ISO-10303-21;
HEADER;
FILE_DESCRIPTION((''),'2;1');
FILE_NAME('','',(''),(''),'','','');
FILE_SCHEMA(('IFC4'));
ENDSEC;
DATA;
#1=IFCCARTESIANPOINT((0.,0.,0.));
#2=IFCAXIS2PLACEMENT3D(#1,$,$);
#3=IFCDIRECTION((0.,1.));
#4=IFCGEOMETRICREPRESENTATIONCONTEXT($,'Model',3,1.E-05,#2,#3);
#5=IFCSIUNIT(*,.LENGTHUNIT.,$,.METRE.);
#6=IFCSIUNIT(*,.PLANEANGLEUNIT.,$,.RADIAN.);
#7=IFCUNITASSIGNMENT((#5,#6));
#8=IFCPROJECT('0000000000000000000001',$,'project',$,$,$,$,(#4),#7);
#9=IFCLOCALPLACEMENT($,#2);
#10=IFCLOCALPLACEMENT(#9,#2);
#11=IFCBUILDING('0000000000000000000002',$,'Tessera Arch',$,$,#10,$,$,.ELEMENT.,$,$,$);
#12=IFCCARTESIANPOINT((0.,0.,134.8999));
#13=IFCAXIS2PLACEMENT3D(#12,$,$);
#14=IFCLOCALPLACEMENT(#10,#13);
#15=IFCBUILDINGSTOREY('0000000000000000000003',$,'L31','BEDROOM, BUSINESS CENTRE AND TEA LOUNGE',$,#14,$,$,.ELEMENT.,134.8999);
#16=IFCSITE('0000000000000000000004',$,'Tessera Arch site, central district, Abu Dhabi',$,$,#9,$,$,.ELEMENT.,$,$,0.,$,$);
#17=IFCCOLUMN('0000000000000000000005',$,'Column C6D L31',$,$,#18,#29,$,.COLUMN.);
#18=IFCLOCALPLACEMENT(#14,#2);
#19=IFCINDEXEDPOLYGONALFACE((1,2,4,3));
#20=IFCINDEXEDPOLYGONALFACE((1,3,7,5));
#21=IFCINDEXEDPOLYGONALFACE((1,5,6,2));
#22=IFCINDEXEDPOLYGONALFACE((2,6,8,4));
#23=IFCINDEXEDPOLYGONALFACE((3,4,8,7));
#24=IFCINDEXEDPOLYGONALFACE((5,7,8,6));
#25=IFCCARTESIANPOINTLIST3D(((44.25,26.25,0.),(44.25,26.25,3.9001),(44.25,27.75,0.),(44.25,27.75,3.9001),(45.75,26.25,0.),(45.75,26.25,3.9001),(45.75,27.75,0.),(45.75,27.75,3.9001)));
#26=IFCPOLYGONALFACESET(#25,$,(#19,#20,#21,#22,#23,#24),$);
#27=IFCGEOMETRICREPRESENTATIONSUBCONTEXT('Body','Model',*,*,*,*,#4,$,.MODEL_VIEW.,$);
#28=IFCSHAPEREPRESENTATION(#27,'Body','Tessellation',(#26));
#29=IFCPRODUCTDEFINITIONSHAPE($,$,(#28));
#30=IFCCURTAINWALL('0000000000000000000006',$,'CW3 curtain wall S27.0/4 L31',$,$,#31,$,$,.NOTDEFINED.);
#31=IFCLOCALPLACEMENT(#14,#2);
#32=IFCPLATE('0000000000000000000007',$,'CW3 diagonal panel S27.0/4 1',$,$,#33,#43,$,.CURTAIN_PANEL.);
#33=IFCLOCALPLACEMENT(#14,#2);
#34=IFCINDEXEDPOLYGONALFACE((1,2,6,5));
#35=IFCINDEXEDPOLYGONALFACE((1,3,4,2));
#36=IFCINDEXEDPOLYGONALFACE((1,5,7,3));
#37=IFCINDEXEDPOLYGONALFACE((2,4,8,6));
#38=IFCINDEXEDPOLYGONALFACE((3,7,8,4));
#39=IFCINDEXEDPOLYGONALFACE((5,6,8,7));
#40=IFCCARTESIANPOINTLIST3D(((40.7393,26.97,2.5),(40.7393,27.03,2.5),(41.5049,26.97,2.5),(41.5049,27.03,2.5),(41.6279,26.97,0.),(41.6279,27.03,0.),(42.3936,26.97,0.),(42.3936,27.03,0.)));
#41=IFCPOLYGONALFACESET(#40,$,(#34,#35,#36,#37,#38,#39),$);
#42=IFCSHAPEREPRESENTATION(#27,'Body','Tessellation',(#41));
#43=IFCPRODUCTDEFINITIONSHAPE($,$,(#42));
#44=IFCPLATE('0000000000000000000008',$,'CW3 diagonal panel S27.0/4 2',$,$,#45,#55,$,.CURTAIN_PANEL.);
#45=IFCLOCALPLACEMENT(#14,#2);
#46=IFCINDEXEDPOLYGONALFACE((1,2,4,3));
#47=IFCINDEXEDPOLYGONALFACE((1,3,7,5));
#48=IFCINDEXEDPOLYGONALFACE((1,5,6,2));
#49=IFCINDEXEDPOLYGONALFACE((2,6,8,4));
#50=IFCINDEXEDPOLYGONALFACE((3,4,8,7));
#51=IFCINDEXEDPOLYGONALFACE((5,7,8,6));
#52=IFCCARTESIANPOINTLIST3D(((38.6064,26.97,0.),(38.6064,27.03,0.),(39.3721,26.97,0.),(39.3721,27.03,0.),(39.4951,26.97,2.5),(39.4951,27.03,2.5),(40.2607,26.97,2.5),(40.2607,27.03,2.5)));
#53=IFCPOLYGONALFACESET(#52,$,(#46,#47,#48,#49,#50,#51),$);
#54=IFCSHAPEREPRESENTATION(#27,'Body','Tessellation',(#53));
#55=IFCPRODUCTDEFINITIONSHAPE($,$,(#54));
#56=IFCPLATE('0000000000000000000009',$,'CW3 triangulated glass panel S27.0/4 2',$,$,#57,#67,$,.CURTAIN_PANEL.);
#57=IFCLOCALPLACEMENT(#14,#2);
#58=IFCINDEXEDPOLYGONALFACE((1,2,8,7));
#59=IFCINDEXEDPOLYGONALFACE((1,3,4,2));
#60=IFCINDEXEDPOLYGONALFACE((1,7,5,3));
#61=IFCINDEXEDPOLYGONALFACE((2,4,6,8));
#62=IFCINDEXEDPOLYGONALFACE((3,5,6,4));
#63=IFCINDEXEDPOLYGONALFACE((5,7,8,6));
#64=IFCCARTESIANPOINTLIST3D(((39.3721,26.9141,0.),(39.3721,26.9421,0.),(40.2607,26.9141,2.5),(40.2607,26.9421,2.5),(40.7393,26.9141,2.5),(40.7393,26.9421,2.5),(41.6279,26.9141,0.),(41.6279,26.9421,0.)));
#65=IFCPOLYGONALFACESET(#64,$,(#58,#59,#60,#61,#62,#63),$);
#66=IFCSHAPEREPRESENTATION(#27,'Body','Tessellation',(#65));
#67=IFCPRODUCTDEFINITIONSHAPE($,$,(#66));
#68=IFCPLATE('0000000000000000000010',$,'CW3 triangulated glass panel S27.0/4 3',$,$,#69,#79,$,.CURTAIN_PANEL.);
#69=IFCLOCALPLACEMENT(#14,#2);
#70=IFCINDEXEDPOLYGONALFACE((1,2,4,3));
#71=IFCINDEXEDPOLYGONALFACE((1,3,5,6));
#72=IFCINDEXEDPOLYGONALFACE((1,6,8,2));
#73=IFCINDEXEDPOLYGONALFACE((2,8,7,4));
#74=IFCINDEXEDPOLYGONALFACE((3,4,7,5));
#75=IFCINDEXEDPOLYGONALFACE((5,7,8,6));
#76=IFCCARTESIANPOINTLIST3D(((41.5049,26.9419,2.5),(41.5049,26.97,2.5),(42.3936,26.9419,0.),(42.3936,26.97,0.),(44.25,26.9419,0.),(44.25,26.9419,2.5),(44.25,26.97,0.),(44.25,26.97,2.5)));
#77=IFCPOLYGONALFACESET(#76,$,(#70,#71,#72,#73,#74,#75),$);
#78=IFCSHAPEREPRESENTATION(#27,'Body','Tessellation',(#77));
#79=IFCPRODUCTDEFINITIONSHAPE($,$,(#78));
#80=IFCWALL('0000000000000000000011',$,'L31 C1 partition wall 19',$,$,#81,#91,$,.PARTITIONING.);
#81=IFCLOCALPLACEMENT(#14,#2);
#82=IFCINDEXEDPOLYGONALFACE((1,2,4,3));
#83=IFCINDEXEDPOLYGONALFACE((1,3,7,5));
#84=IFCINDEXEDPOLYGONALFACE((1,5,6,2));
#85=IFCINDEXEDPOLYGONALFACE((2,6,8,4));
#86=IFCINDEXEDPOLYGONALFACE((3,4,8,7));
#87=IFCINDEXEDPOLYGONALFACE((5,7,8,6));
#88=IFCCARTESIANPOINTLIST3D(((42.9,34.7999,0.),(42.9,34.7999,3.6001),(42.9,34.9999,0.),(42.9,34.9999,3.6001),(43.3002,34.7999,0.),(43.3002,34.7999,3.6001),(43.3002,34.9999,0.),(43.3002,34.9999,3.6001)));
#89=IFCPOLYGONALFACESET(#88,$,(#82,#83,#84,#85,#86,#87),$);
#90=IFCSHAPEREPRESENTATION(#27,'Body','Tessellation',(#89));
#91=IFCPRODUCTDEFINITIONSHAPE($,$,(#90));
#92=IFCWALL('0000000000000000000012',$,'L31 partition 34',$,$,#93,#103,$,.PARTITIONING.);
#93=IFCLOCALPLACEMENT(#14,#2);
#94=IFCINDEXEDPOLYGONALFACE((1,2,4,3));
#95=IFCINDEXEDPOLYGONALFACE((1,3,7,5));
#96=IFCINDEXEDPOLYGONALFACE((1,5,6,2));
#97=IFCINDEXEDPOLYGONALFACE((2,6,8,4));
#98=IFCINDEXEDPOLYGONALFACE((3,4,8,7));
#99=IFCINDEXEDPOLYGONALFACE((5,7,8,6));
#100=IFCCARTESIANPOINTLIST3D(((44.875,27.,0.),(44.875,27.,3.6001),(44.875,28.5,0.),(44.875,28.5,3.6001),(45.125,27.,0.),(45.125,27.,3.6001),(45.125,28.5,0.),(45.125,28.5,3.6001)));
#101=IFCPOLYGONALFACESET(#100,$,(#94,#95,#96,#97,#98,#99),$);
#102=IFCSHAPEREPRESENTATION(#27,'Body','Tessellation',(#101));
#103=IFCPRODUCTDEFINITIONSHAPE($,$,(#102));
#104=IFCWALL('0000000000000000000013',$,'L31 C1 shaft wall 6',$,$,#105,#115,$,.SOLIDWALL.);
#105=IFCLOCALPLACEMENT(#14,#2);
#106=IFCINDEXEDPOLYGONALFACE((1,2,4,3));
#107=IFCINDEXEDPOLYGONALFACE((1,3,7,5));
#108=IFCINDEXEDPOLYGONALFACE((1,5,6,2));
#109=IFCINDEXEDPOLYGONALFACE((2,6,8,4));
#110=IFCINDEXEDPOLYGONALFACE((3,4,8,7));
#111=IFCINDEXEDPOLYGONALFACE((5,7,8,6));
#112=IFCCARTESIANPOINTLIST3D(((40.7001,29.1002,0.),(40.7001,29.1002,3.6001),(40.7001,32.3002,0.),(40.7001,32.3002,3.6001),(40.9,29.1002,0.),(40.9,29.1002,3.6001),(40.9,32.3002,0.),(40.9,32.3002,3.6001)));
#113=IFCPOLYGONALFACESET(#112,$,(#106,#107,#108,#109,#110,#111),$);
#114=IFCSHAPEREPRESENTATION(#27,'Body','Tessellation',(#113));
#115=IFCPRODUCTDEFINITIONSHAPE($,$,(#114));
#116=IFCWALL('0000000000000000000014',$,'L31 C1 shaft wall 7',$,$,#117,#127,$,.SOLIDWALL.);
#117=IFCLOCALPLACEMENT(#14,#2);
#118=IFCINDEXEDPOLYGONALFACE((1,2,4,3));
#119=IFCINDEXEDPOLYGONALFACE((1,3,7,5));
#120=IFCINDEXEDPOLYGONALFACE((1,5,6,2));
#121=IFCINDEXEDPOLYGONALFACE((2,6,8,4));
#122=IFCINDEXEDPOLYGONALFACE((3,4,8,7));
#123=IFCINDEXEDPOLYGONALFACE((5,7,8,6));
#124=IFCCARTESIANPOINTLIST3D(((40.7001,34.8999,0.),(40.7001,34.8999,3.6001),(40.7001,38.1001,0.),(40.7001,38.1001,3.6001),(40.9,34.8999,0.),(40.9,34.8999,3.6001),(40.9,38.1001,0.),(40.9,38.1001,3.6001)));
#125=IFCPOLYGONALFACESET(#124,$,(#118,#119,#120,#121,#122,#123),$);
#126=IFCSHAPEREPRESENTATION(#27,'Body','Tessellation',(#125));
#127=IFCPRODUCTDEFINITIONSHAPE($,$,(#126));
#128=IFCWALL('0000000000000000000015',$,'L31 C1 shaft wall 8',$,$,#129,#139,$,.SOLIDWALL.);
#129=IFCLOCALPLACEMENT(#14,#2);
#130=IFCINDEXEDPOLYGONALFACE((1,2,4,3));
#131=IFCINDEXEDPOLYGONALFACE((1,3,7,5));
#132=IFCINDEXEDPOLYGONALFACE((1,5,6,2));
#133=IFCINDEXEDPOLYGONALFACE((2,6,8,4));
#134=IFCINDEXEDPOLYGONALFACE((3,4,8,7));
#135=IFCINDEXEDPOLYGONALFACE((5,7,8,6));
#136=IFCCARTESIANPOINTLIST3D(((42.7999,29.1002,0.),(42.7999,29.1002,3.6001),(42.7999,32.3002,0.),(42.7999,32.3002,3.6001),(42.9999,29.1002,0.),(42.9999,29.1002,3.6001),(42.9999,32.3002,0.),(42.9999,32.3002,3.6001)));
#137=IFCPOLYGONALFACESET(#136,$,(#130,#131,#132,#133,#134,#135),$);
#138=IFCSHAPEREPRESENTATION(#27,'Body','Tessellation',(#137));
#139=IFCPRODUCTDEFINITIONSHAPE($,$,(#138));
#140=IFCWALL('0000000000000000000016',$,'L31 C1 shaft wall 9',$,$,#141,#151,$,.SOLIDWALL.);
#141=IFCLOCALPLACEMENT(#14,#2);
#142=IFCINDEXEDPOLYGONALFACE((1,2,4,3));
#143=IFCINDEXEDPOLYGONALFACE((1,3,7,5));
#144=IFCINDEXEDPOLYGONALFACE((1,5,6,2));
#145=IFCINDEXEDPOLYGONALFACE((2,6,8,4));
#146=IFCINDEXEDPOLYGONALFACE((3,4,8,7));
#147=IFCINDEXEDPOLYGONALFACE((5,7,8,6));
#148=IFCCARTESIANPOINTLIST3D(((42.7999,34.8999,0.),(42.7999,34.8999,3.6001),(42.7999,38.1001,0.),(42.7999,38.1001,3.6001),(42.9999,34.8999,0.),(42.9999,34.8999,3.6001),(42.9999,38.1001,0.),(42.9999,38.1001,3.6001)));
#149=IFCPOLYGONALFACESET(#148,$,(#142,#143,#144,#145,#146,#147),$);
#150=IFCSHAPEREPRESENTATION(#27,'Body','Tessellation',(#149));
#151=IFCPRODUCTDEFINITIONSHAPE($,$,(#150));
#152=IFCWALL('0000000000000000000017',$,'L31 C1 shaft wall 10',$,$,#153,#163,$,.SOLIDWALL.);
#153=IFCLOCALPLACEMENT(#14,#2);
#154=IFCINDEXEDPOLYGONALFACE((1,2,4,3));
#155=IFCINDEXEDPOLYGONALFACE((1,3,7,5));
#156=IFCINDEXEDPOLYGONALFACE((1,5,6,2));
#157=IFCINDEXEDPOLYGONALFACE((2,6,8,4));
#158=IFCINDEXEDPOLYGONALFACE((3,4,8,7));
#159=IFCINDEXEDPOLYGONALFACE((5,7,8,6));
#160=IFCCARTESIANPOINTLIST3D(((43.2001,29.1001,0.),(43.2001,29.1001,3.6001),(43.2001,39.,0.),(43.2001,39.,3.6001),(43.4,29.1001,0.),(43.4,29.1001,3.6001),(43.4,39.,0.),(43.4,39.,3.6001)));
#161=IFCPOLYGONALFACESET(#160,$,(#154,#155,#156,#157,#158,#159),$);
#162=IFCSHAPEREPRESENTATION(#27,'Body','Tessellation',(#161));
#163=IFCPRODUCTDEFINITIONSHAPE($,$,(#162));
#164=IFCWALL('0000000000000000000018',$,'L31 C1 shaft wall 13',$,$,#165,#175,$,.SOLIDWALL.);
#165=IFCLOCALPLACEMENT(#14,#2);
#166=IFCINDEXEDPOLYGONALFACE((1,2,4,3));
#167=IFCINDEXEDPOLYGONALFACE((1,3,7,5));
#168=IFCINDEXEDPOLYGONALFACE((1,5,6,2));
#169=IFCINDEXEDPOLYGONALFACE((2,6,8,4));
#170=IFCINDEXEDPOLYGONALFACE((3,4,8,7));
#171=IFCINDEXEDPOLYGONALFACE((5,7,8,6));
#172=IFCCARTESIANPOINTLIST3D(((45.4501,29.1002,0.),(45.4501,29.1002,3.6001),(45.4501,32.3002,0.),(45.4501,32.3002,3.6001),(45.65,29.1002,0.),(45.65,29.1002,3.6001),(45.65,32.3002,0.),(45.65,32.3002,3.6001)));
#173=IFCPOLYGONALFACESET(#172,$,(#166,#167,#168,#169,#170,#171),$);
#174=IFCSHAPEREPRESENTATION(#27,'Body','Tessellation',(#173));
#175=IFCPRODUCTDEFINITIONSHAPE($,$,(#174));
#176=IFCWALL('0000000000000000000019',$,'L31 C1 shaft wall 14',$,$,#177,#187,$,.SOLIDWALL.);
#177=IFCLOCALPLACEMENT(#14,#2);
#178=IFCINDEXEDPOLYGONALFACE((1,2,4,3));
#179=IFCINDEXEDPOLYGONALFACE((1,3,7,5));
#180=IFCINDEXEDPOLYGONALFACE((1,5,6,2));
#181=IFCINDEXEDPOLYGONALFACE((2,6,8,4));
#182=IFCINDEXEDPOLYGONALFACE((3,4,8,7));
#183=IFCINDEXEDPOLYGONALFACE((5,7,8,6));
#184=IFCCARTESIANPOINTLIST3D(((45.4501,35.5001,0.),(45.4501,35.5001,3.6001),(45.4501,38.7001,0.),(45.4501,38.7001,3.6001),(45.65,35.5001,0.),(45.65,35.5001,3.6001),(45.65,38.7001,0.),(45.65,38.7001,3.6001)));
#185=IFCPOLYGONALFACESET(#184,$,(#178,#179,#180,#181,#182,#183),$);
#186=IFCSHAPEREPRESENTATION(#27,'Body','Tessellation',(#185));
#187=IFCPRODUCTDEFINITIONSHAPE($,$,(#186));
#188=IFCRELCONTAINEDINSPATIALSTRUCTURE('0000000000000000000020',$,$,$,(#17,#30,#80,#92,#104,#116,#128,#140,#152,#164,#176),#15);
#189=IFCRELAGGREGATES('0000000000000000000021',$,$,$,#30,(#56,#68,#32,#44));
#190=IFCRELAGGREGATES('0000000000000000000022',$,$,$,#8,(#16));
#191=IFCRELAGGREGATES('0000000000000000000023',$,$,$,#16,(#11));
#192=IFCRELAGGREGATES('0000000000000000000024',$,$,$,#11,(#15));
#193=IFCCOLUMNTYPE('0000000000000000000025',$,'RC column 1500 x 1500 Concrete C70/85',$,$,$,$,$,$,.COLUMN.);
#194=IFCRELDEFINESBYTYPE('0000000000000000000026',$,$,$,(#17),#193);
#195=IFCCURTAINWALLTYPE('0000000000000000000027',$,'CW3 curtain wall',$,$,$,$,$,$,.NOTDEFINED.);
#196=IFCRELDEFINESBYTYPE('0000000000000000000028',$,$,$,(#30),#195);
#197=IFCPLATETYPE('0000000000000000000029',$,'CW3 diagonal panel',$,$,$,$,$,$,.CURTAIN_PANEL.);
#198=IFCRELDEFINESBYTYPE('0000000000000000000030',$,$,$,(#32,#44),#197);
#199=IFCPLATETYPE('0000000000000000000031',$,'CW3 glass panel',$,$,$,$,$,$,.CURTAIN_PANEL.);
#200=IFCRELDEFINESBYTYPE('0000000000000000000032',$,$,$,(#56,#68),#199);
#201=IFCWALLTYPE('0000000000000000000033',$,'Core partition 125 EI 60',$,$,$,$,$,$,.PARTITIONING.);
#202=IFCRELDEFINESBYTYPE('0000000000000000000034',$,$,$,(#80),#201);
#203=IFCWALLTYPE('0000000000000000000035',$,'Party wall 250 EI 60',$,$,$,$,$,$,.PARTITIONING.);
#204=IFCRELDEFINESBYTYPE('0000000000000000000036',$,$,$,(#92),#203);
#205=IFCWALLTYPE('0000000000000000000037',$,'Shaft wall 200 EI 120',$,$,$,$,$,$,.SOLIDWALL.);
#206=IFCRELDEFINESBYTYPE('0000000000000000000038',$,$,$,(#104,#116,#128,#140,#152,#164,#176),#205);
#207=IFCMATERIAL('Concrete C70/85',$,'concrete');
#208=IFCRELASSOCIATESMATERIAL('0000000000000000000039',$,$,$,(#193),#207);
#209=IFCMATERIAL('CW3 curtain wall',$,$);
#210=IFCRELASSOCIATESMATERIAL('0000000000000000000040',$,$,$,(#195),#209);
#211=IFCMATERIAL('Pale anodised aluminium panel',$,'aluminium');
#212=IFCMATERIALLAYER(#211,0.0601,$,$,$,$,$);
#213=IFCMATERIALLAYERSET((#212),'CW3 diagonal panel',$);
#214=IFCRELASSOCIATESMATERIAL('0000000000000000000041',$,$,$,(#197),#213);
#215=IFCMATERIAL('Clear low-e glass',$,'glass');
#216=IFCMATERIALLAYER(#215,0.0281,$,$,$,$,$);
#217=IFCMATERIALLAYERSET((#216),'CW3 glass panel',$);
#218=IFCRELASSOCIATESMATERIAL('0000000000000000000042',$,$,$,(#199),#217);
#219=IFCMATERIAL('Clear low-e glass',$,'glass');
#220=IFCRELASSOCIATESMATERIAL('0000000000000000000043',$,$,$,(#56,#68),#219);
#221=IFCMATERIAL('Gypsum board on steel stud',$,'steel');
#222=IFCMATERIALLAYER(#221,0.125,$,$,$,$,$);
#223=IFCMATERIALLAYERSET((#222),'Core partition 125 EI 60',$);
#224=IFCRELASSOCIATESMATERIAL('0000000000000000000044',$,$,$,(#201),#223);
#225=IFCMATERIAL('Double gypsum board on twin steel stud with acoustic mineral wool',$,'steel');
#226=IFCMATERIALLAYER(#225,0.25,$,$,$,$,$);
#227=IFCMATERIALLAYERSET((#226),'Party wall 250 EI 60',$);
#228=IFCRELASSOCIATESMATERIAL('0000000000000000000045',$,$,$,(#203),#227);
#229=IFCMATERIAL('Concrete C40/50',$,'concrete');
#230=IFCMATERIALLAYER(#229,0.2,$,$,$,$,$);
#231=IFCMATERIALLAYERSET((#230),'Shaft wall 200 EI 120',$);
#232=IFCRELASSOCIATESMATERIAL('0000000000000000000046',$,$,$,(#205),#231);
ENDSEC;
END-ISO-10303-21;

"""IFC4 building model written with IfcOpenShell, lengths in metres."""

from ifc_helpers import new_model, si_unit, direction, frame, frame_2d, origin, origin_2d, place, context, subcontext, project, spatial, polyline, rectangle, outline, extrude, material, layer, layer_set, material_profile, profile_set, type_object, element, aggregate, save


model = new_model("IFC4")

# Units and contexts
model_context = context("Model", 3, precision=1e-05, world=origin(), true_north=direction((0.0, 1.0)))
body_context = subcontext(model_context, "Body", "Model", "MODEL_VIEW")
ifc_project = project(units=[si_unit("LENGTHUNIT", "METRE"), si_unit("PLANEANGLEUNIT", "RADIAN")], contexts=[model_context])

# Site, building, storey
site_placement = place(None, origin())
site = spatial("IfcSite", under=ifc_project, at=site_placement, Name="Tessera Arch site, central district, Abu Dhabi", CompositionType="ELEMENT", RefElevation=0.0)
building_placement = place(site_placement, origin())
building = spatial("IfcBuilding", under=site, at=building_placement, Name="Tessera Arch", CompositionType="ELEMENT")
storey_placement = place(building_placement, frame((0.0, 0.0, 134.8999)))
storey = spatial("IfcBuildingStorey", under=building, at=storey_placement, Name="L31", Description="BEDROOM, BUSINESS CENTRE AND TEA LOUNGE", CompositionType="ELEMENT", Elevation=134.8999)

# Column
ifc_material_1 = material(Name="Concrete C70/85", Category="concrete")
ifc_material_profile = material_profile(ifc_material_1, rectangle(XDim=1.5, YDim=1.5, at=origin_2d()), Name="RC column 1500 x 1500 Concrete C70/85")
ifc_profile_set = profile_set([ifc_material_profile], Name="Concrete C70/85")
column_type = type_object("IfcColumnType", Name="RC column 1500 x 1500 Concrete C70/85", PredefinedType="COLUMN", material=ifc_profile_set)
column_placement = place(storey_placement, frame((45.0, 27.0, 0.0), z_axis=(0.0, 0.0, 1.0), x_axis=(1.0, 0.0, 0.0)))
element("IfcColumn", 1, at=column_placement, inside=storey, type_object=column_type, Name="Column C6D L31", PredefinedType="COLUMN", context=body_context, shape_type="SweptSolid", body=[
    extrude(rectangle(XDim=1.5, YDim=1.5, at=origin_2d()), origin(), (0.0, 0.0, 1.0), 3.9001),
])

# Curtain wall, plates
ifc_material_2 = material(Name="CW3 curtain wall")
curtain_wall_type = type_object("IfcCurtainWallType", Name="CW3 curtain wall", PredefinedType="NOTDEFINED", material=ifc_material_2)
curtain_wall_placement = place(storey_placement, origin())
curtain_wall = element("IfcCurtainWall", 2, at=curtain_wall_placement, inside=storey, type_object=curtain_wall_type, Name="CW3 curtain wall S27.0/4 L31", PredefinedType="NOTDEFINED")
ifc_material_3 = material(Name="Pale anodised aluminium panel", Category="aluminium")
ifc_layer_1 = layer(ifc_material_3, 0.0601)
ifc_layer_set_1 = layer_set([ifc_layer_1], Name="CW3 diagonal panel")
plate_type_1 = type_object("IfcPlateType", Name="CW3 diagonal panel", PredefinedType="CURTAIN_PANEL", material=ifc_layer_set_1)
plate_1_placement = place(storey_placement, frame((41.5049, 26.97, 2.5), z_axis=(0.0, -1.0, 0.0), x_axis=(-1.0, 0.0, 0.0)))
plate_1 = element("IfcPlate", 3, at=plate_1_placement, type_object=plate_type_1, Name="CW3 diagonal panel S27.0/4 1", PredefinedType="CURTAIN_PANEL", context=body_context, shape_type="SweptSolid", body=[
    extrude(outline(polyline([(0.0, 0.0), (0.7656, 0.0), (-0.123, 2.5), (-0.8887, 2.5), (0.0, 0.0)])), origin(), (0.0, 0.0, -1.0), 0.0601),
])
plate_2_placement = place(storey_placement, frame((40.2607, 26.97, 2.5), z_axis=(0.0, -1.0, 0.0), x_axis=(-1.0, 0.0, 0.0)))
plate_2 = element("IfcPlate", 4, at=plate_2_placement, type_object=plate_type_1, Name="CW3 diagonal panel S27.0/4 2", PredefinedType="CURTAIN_PANEL", context=body_context, shape_type="SweptSolid", body=[
    extrude(outline(polyline([(0.0, 0.0), (0.7656, 0.0), (1.6543, 2.5), (0.8887, 2.5), (0.0, 0.0)])), origin(), (0.0, 0.0, -1.0), 0.0601),
])
ifc_material_4 = material(Name="Clear low-e glass", Category="glass")
ifc_material_5 = material(Name="Clear low-e glass", Category="glass")
ifc_layer_2 = layer(ifc_material_5, 0.0281)
ifc_layer_set_2 = layer_set([ifc_layer_2], Name="CW3 glass panel")
plate_type_2 = type_object("IfcPlateType", Name="CW3 glass panel", PredefinedType="CURTAIN_PANEL", material=ifc_layer_set_2)
plate_3_placement = place(storey_placement, frame((40.7393, 26.9141, 2.5), z_axis=(0.0, -1.0, 0.0), x_axis=(-1.0, 0.0, 0.0)))
plate_3 = element("IfcPlate", 5, at=plate_3_placement, type_object=plate_type_2, material=ifc_material_4, Name="CW3 triangulated glass panel S27.0/4 2", PredefinedType="CURTAIN_PANEL", context=body_context, shape_type="SweptSolid", body=[
    extrude(outline(polyline([(0.0, 0.0), (0.4785, 0.0), (1.3672, 2.5), (-0.8887, 2.5), (0.0, 0.0)])), origin(), (0.0, 0.0, -1.0), 0.0281),
])
plate_4_placement = place(storey_placement, frame((44.25, 26.9419, 2.5), z_axis=(0.0, -1.0, 0.0), x_axis=(-1.0, 0.0, 0.0)))
plate_4 = element("IfcPlate", 6, at=plate_4_placement, type_object=plate_type_2, material=ifc_material_4, Name="CW3 triangulated glass panel S27.0/4 3", PredefinedType="CURTAIN_PANEL", context=body_context, shape_type="SweptSolid", body=[
    extrude(outline(polyline([(0.0, 0.0), (2.7451, 0.0), (1.8564, 2.5), (0.0, 2.5), (0.0, 0.0)])), origin(), (0.0, 0.0, -1.0), 0.0281),
])
aggregate(curtain_wall, [plate_3, plate_4, plate_1, plate_2])

# Walls
ifc_material_6 = material(Name="Gypsum board on steel stud", Category="steel")
ifc_layer_3 = layer(ifc_material_6, 0.125)
ifc_layer_set_3 = layer_set([ifc_layer_3], Name="Core partition 125 EI 60")
wall_type_1 = type_object("IfcWallType", Name="Core partition 125 EI 60", PredefinedType="PARTITIONING", material=ifc_layer_set_3)
wall_1_placement = place(storey_placement, frame((42.8999, 34.8999, 0.0), z_axis=(0.0, 0.0, 1.0), x_axis=(1.0, 0.0, 0.0)))
element("IfcWall", 7, at=wall_1_placement, inside=storey, type_object=wall_type_1, Name="L31 C1 partition wall 19", PredefinedType="PARTITIONING", context=body_context, shape_type="SweptSolid", body=[
    extrude(rectangle(XDim=0.4001, YDim=0.2, at=frame_2d((0.2002, 0.0))), origin(), (0.0, 0.0, 1.0), 3.6001),
])
ifc_material_7 = material(Name="Double gypsum board on twin steel stud with acoustic mineral wool", Category="steel")
ifc_layer_4 = layer(ifc_material_7, 0.25)
ifc_layer_set_4 = layer_set([ifc_layer_4], Name="Party wall 250 EI 60")
wall_type_2 = type_object("IfcWallType", Name="Party wall 250 EI 60", PredefinedType="PARTITIONING", material=ifc_layer_set_4)
wall_2_placement = place(storey_placement, frame((45.0, 27.0, 0.0), z_axis=(0.0, 0.0, 1.0), x_axis=(0.0, 1.0, 0.0)))
element("IfcWall", 8, at=wall_2_placement, inside=storey, type_object=wall_type_2, Name="L31 partition 34", PredefinedType="PARTITIONING", context=body_context, shape_type="SweptSolid", body=[
    extrude(rectangle(XDim=1.5, YDim=0.25, at=frame_2d((0.75, 0.0))), origin(), (0.0, 0.0, 1.0), 3.6001),
])
ifc_material_8 = material(Name="Concrete C40/50", Category="concrete")
ifc_layer_5 = layer(ifc_material_8, 0.2)
ifc_layer_set_5 = layer_set([ifc_layer_5], Name="Shaft wall 200 EI 120")
wall_type_3 = type_object("IfcWallType", Name="Shaft wall 200 EI 120", PredefinedType="SOLIDWALL", material=ifc_layer_set_5)
wall_3_placement = place(storey_placement, frame((40.8, 29.1001, 0.0), z_axis=(0.0, 0.0, 1.0), x_axis=(0.0, 1.0, 0.0)))
element("IfcWall", 9, at=wall_3_placement, inside=storey, type_object=wall_type_3, Name="L31 C1 shaft wall 6", PredefinedType="SOLIDWALL", context=body_context, shape_type="SweptSolid", body=[
    extrude(rectangle(XDim=3.2, YDim=0.2, at=frame_2d((1.6001, 0.0))), origin(), (0.0, 0.0, 1.0), 3.6001),
])
wall_4_placement = place(storey_placement, frame((40.8, 34.8999, 0.0), z_axis=(0.0, 0.0, 1.0), x_axis=(0.0, 1.0, 0.0)))
element("IfcWall", 10, at=wall_4_placement, inside=storey, type_object=wall_type_3, Name="L31 C1 shaft wall 7", PredefinedType="SOLIDWALL", context=body_context, shape_type="SweptSolid", body=[
    extrude(rectangle(XDim=3.2002, YDim=0.2, at=frame_2d((1.6001, 0.0))), origin(), (0.0, 0.0, 1.0), 3.6001),
])
wall_5_placement = place(storey_placement, frame((42.8999, 29.1001, 0.0), z_axis=(0.0, 0.0, 1.0), x_axis=(0.0, 1.0, 0.0)))
element("IfcWall", 11, at=wall_5_placement, inside=storey, type_object=wall_type_3, Name="L31 C1 shaft wall 8", PredefinedType="SOLIDWALL", context=body_context, shape_type="SweptSolid", body=[
    extrude(rectangle(XDim=3.2, YDim=0.2, at=frame_2d((1.6001, 0.0))), origin(), (0.0, 0.0, 1.0), 3.6001),
])
wall_6_placement = place(storey_placement, frame((42.8999, 34.8999, 0.0), z_axis=(0.0, 0.0, 1.0), x_axis=(0.0, 1.0, 0.0)))
element("IfcWall", 12, at=wall_6_placement, inside=storey, type_object=wall_type_3, Name="L31 C1 shaft wall 9", PredefinedType="SOLIDWALL", context=body_context, shape_type="SweptSolid", body=[
    extrude(rectangle(XDim=3.2002, YDim=0.2, at=frame_2d((1.6001, 0.0))), origin(), (0.0, 0.0, 1.0), 3.6001),
])
wall_7_placement = place(storey_placement, frame((43.3, 29.1001, 0.0), z_axis=(0.0, 0.0, 1.0), x_axis=(0.0, 1.0, 0.0)))
element("IfcWall", 13, at=wall_7_placement, inside=storey, type_object=wall_type_3, Name="L31 C1 shaft wall 10", PredefinedType="SOLIDWALL", context=body_context, shape_type="SweptSolid", body=[
    extrude(rectangle(XDim=9.8999, YDim=0.2, at=frame_2d((4.95, 0.0))), origin(), (0.0, 0.0, 1.0), 3.6001),
])
for number, where, z_axis, x_axis, name in (
    (14, (45.55, 29.1001, 0.0), (0.0, 0.0, 1.0), (0.0, 1.0, 0.0), "L31 C1 shaft wall 13"),
    (15, (45.55, 35.5, 0.0), (0.0, 0.0, 1.0), (0.0, 1.0, 0.0), "L31 C1 shaft wall 14"),
):
    element("IfcWall", number, at=place(storey_placement, frame(where, z_axis=z_axis, x_axis=x_axis)), inside=storey, type_object=wall_type_3, Name=name, PredefinedType="SOLIDWALL", context=body_context, shape_type="SweptSolid", body=[
        extrude(rectangle(XDim=3.2, YDim=0.2, at=frame_2d((1.6001, 0.0))), origin(), (0.0, 0.0, 1.0), 3.6001),
    ])

save(model, "model.ifc")
